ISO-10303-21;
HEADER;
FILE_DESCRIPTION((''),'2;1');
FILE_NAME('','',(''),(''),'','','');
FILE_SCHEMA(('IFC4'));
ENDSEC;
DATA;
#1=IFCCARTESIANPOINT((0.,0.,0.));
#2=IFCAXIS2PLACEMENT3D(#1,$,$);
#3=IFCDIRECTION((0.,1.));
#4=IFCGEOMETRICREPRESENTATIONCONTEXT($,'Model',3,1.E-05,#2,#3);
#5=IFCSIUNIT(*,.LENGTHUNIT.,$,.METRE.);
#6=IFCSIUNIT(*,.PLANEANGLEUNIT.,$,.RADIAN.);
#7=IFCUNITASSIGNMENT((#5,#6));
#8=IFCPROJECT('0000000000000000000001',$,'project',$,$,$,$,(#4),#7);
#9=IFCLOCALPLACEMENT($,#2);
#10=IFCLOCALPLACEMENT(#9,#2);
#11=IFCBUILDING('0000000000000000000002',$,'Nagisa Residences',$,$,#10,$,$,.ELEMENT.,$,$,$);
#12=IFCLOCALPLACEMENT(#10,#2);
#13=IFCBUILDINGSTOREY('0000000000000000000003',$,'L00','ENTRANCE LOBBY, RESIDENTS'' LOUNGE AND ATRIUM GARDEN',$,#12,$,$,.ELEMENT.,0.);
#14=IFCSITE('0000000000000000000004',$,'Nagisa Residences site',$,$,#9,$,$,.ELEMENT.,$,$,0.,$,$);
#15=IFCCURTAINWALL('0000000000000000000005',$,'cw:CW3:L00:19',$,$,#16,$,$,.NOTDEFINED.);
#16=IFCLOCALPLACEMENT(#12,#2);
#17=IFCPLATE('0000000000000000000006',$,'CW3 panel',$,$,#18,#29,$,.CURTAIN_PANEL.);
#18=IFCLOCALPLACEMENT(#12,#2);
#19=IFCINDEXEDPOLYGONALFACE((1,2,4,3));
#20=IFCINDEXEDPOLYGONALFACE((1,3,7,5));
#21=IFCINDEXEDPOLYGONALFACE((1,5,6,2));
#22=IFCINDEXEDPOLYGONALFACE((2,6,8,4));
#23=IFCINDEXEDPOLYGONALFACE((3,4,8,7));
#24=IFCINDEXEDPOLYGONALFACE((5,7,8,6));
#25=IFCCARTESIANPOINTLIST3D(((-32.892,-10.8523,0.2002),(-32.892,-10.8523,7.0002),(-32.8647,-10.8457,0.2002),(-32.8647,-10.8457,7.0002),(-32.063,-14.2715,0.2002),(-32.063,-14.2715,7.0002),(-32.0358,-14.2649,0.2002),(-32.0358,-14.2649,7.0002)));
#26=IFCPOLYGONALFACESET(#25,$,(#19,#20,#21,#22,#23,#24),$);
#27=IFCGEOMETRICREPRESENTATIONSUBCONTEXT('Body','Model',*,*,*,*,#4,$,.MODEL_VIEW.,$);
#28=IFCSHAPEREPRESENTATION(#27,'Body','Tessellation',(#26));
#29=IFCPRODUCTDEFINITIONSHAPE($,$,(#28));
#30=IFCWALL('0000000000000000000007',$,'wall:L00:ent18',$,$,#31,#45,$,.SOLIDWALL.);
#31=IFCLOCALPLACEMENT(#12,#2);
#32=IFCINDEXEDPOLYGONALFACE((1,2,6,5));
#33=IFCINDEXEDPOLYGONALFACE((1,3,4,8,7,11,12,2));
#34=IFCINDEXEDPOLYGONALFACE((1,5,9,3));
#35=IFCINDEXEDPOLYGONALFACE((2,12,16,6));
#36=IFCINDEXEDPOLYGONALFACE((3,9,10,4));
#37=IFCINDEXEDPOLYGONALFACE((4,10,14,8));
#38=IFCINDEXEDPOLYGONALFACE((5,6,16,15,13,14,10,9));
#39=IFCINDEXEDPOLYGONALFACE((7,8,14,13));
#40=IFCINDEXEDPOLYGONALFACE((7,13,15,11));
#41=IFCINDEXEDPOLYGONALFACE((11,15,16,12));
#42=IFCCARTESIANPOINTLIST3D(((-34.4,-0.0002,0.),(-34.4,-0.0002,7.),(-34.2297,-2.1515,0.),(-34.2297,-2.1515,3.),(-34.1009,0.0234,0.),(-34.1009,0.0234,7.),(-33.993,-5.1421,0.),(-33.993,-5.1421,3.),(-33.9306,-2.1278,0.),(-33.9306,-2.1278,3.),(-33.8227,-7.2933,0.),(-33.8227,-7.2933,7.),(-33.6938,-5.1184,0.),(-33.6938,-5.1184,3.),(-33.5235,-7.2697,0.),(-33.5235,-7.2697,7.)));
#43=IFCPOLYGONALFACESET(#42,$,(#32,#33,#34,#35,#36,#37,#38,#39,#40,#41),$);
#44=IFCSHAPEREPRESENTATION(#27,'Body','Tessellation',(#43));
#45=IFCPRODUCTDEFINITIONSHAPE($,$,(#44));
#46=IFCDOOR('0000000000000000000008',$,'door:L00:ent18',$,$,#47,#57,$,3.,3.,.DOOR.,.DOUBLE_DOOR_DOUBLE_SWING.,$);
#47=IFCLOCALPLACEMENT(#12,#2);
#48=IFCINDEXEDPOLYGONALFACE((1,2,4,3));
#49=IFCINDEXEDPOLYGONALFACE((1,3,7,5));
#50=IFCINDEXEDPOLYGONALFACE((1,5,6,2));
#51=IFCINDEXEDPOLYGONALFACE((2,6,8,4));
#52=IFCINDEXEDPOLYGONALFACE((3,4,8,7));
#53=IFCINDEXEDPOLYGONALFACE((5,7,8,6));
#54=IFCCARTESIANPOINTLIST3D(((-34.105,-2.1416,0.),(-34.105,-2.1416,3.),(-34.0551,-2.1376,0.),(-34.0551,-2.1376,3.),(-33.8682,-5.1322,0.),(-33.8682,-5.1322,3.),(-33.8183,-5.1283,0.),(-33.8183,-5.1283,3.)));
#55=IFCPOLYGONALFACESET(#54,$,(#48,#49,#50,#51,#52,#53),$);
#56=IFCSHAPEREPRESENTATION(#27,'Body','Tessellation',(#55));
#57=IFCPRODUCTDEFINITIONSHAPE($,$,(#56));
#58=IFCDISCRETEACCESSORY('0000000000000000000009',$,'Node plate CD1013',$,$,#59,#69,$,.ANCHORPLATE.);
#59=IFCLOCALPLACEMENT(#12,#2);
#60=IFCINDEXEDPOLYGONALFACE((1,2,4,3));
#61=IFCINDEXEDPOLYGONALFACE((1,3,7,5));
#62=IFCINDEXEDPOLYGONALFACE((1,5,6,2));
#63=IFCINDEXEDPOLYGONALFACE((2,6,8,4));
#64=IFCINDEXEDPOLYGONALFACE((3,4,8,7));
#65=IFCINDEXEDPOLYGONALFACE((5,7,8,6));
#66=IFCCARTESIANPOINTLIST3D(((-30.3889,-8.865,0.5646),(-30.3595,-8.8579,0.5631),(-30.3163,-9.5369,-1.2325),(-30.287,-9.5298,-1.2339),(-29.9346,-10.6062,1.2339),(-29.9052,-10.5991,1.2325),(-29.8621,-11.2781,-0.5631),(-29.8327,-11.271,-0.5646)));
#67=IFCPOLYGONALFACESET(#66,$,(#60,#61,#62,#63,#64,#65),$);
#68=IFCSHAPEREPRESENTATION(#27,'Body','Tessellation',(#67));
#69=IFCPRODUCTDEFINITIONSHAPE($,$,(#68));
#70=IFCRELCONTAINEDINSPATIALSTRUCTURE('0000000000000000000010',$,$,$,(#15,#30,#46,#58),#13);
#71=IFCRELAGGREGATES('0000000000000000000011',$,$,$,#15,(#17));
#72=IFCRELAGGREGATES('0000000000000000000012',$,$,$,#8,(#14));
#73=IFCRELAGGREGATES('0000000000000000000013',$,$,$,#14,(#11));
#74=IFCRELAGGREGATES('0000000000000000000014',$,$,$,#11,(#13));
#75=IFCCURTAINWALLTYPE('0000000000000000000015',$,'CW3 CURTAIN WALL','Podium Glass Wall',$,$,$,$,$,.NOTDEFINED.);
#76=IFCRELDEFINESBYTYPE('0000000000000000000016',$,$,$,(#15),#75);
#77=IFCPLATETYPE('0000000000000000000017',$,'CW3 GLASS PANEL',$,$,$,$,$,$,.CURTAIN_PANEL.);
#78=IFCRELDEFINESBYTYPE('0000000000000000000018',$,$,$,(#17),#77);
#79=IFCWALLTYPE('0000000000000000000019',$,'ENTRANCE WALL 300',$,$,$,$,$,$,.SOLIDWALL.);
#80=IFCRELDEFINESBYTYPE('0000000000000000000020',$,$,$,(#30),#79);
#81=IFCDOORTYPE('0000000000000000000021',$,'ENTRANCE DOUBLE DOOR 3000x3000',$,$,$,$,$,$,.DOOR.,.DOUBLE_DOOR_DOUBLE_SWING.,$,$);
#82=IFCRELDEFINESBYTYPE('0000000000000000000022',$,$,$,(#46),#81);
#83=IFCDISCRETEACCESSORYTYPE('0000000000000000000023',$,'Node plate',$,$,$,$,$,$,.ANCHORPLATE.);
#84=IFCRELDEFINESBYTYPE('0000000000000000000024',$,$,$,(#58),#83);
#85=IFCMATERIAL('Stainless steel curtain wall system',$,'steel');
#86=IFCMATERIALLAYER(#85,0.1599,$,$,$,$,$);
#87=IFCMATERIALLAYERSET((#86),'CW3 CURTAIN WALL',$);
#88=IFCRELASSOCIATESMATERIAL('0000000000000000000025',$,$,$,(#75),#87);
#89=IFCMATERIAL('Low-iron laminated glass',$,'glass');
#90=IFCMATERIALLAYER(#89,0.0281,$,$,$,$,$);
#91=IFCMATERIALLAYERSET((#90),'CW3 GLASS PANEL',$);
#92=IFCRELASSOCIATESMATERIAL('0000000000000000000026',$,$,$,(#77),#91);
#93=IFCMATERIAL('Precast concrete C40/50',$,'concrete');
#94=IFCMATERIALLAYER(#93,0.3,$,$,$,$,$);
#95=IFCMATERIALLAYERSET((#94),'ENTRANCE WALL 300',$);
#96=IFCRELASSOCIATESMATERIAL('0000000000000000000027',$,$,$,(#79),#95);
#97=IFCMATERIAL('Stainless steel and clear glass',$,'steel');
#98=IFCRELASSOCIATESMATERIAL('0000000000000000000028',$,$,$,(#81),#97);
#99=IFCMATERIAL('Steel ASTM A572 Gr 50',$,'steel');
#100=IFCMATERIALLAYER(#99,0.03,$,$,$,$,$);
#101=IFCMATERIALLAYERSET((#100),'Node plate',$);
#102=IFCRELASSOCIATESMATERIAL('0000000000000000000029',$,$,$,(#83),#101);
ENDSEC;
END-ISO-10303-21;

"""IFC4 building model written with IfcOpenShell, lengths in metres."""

from ifc_helpers import new_model, si_unit, direction, frame, frame_2d, origin, origin_2d, place, context, subcontext, project, spatial, rectangle, extrude, material, layer, layer_set, type_object, element, fill, aggregate, save


model = new_model("IFC4")

# Units and contexts
model_context = context("Model", 3, precision=1e-05, world=origin(), true_north=direction((0.0, 1.0)))
body_context = subcontext(model_context, "Body", "Model", "MODEL_VIEW")
ifc_project = project(units=[si_unit("LENGTHUNIT", "METRE"), si_unit("PLANEANGLEUNIT", "RADIAN")], contexts=[model_context])

# Site, building, storey
site_placement = place(None, origin())
site = spatial("IfcSite", under=ifc_project, at=site_placement, Name="Nagisa Residences site", CompositionType="ELEMENT", RefElevation=0.0)
building_placement = place(site_placement, origin())
building = spatial("IfcBuilding", under=site, at=building_placement, Name="Nagisa Residences", CompositionType="ELEMENT")
storey_placement = place(building_placement, origin())
storey = spatial("IfcBuildingStorey", under=building, at=storey_placement, Name="L00", Description="ENTRANCE LOBBY, RESIDENTS' LOUNGE AND ATRIUM GARDEN", CompositionType="ELEMENT", Elevation=0.0)

# Curtain wall
ifc_material_1 = material(Name="Stainless steel curtain wall system", Category="steel")
ifc_layer_1 = layer(ifc_material_1, 0.1599)
ifc_layer_set_1 = layer_set([ifc_layer_1], Name="CW3 CURTAIN WALL")
curtain_wall_type = type_object("IfcCurtainWallType", Name="CW3 CURTAIN WALL", Description="Podium Glass Wall", PredefinedType="NOTDEFINED", material=ifc_layer_set_1)
curtain_wall_1_placement = place(storey_placement, origin())
curtain_wall_1 = element("IfcCurtainWall", 1, at=curtain_wall_1_placement, inside=storey, type_object=curtain_wall_type, Name="cw:CW3:L00:19", PredefinedType="NOTDEFINED")

# Plate
ifc_material_2 = material(Name="Low-iron laminated glass", Category="glass")
ifc_layer_2 = layer(ifc_material_2, 0.0281)
ifc_layer_set_2 = layer_set([ifc_layer_2], Name="CW3 GLASS PANEL")
plate_type = type_object("IfcPlateType", Name="CW3 GLASS PANEL", PredefinedType="CURTAIN_PANEL", material=ifc_layer_set_2)
plate_1_placement = place(storey_placement, frame((-32.4639, -12.5586, 0.2002), z_axis=(0.0, 0.0, 1.0), x_axis=(0.235606, -0.971849, 0.0)))
plate_1 = element("IfcPlate", 2, at=plate_1_placement, type_object=plate_type, Name="CW3 panel", PredefinedType="CURTAIN_PANEL", context=body_context, shape_type="SweptSolid", body=[
    extrude(rectangle(XDim=3.5183, YDim=0.0281, at=origin_2d()), origin(), (0.0, 0.0, 1.0), 6.8),
])
aggregate(curtain_wall_1, [plate_1])

# Wall, opening, door
ifc_material_3 = material(Name="Precast concrete C40/50", Category="concrete")
ifc_layer_3 = layer(ifc_material_3, 0.3)
ifc_layer_set_3 = layer_set([ifc_layer_3], Name="ENTRANCE WALL 300")
wall_type = type_object("IfcWallType", Name="ENTRANCE WALL 300", PredefinedType="SOLIDWALL", material=ifc_layer_set_3)
wall_placement = place(storey_placement, frame((-33.6731, -7.2815, 0.0), z_axis=(0.0, 0.0, 1.0), x_axis=(-0.078922, 0.996881, 0.0)))
wall = element("IfcWall", 3, at=wall_placement, inside=storey, type_object=wall_type, Name="wall:L00:ent18", PredefinedType="SOLIDWALL", context=body_context, shape_type="SweptSolid", body=[
    extrude(rectangle(XDim=7.3159, YDim=0.3, at=frame_2d((3.658, 0.0))), origin(), (0.0, 0.0, 1.0), 7.0),
])
opening_placement = place(wall_placement, frame((2.158, 0.0, 0.0)))
opening = element("IfcOpeningElement", 4, at=opening_placement, cuts=wall, PredefinedType="OPENING", context=body_context, shape_type="SweptSolid", body=[
    extrude(rectangle(XDim=3.0, YDim=3.0, at=frame_2d((1.5, 1.5))), frame((0.0, 0.1599, 0.0), z_axis=(0.0, -1.0, 0.0), x_axis=(1.0, 0.0, 0.0)), (0.0, 0.0, 1.0), 0.3201),
])
ifc_material_4 = material(Name="Stainless steel and clear glass", Category="steel")
door_type = type_object("IfcDoorType", Name="ENTRANCE DOUBLE DOOR 3000x3000", OperationType="DOUBLE_DOOR_DOUBLE_SWING", PredefinedType="DOOR", material=ifc_material_4)
door_placement = place(opening_placement, origin())
door = element("IfcDoor", 5, at=door_placement, inside=storey, type_object=door_type, Name="door:L00:ent18", OperationType="DOUBLE_DOOR_DOUBLE_SWING", OverallHeight=3.0, OverallWidth=3.0, PredefinedType="DOOR", context=body_context, shape_type="SweptSolid", body=[
    extrude(rectangle(XDim=3.0, YDim=3.0, at=frame_2d((1.5, 1.5))), frame((0.0, 0.0249, 0.0), z_axis=(0.0, -1.0, 0.0), x_axis=(1.0, 0.0, 0.0)), (0.0, 0.0, 1.0), 0.05),
])
fill(opening, door)

# Discrete accessory
ifc_material_5 = material(Name="Steel ASTM A572 Gr 50", Category="steel")
ifc_layer_4 = layer(ifc_material_5, 0.03)
ifc_layer_set_4 = layer_set([ifc_layer_4], Name="Node plate")
discrete_accessory_type = type_object("IfcDiscreteAccessoryType", Name="Node plate", PredefinedType="ANCHORPLATE", material=ifc_layer_set_4)
discrete_accessory_placement = place(storey_placement, frame((-30.1255, -10.0715, 0.0007), z_axis=(0.970873, 0.234628, -0.048544), x_axis=(-0.037779, 0.34998, 0.935995)))
element("IfcDiscreteAccessory", 6, at=discrete_accessory_placement, inside=storey, type_object=discrete_accessory_type, Name="Node plate CD1013", PredefinedType="ANCHORPLATE", context=body_context, shape_type="SweptSolid", body=[
    extrude(rectangle(XDim=1.9199, YDim=1.9199, at=origin_2d()), origin(), (0.0, 0.0, 1.0), 0.0303),
])

save(model, "model.ifc")
